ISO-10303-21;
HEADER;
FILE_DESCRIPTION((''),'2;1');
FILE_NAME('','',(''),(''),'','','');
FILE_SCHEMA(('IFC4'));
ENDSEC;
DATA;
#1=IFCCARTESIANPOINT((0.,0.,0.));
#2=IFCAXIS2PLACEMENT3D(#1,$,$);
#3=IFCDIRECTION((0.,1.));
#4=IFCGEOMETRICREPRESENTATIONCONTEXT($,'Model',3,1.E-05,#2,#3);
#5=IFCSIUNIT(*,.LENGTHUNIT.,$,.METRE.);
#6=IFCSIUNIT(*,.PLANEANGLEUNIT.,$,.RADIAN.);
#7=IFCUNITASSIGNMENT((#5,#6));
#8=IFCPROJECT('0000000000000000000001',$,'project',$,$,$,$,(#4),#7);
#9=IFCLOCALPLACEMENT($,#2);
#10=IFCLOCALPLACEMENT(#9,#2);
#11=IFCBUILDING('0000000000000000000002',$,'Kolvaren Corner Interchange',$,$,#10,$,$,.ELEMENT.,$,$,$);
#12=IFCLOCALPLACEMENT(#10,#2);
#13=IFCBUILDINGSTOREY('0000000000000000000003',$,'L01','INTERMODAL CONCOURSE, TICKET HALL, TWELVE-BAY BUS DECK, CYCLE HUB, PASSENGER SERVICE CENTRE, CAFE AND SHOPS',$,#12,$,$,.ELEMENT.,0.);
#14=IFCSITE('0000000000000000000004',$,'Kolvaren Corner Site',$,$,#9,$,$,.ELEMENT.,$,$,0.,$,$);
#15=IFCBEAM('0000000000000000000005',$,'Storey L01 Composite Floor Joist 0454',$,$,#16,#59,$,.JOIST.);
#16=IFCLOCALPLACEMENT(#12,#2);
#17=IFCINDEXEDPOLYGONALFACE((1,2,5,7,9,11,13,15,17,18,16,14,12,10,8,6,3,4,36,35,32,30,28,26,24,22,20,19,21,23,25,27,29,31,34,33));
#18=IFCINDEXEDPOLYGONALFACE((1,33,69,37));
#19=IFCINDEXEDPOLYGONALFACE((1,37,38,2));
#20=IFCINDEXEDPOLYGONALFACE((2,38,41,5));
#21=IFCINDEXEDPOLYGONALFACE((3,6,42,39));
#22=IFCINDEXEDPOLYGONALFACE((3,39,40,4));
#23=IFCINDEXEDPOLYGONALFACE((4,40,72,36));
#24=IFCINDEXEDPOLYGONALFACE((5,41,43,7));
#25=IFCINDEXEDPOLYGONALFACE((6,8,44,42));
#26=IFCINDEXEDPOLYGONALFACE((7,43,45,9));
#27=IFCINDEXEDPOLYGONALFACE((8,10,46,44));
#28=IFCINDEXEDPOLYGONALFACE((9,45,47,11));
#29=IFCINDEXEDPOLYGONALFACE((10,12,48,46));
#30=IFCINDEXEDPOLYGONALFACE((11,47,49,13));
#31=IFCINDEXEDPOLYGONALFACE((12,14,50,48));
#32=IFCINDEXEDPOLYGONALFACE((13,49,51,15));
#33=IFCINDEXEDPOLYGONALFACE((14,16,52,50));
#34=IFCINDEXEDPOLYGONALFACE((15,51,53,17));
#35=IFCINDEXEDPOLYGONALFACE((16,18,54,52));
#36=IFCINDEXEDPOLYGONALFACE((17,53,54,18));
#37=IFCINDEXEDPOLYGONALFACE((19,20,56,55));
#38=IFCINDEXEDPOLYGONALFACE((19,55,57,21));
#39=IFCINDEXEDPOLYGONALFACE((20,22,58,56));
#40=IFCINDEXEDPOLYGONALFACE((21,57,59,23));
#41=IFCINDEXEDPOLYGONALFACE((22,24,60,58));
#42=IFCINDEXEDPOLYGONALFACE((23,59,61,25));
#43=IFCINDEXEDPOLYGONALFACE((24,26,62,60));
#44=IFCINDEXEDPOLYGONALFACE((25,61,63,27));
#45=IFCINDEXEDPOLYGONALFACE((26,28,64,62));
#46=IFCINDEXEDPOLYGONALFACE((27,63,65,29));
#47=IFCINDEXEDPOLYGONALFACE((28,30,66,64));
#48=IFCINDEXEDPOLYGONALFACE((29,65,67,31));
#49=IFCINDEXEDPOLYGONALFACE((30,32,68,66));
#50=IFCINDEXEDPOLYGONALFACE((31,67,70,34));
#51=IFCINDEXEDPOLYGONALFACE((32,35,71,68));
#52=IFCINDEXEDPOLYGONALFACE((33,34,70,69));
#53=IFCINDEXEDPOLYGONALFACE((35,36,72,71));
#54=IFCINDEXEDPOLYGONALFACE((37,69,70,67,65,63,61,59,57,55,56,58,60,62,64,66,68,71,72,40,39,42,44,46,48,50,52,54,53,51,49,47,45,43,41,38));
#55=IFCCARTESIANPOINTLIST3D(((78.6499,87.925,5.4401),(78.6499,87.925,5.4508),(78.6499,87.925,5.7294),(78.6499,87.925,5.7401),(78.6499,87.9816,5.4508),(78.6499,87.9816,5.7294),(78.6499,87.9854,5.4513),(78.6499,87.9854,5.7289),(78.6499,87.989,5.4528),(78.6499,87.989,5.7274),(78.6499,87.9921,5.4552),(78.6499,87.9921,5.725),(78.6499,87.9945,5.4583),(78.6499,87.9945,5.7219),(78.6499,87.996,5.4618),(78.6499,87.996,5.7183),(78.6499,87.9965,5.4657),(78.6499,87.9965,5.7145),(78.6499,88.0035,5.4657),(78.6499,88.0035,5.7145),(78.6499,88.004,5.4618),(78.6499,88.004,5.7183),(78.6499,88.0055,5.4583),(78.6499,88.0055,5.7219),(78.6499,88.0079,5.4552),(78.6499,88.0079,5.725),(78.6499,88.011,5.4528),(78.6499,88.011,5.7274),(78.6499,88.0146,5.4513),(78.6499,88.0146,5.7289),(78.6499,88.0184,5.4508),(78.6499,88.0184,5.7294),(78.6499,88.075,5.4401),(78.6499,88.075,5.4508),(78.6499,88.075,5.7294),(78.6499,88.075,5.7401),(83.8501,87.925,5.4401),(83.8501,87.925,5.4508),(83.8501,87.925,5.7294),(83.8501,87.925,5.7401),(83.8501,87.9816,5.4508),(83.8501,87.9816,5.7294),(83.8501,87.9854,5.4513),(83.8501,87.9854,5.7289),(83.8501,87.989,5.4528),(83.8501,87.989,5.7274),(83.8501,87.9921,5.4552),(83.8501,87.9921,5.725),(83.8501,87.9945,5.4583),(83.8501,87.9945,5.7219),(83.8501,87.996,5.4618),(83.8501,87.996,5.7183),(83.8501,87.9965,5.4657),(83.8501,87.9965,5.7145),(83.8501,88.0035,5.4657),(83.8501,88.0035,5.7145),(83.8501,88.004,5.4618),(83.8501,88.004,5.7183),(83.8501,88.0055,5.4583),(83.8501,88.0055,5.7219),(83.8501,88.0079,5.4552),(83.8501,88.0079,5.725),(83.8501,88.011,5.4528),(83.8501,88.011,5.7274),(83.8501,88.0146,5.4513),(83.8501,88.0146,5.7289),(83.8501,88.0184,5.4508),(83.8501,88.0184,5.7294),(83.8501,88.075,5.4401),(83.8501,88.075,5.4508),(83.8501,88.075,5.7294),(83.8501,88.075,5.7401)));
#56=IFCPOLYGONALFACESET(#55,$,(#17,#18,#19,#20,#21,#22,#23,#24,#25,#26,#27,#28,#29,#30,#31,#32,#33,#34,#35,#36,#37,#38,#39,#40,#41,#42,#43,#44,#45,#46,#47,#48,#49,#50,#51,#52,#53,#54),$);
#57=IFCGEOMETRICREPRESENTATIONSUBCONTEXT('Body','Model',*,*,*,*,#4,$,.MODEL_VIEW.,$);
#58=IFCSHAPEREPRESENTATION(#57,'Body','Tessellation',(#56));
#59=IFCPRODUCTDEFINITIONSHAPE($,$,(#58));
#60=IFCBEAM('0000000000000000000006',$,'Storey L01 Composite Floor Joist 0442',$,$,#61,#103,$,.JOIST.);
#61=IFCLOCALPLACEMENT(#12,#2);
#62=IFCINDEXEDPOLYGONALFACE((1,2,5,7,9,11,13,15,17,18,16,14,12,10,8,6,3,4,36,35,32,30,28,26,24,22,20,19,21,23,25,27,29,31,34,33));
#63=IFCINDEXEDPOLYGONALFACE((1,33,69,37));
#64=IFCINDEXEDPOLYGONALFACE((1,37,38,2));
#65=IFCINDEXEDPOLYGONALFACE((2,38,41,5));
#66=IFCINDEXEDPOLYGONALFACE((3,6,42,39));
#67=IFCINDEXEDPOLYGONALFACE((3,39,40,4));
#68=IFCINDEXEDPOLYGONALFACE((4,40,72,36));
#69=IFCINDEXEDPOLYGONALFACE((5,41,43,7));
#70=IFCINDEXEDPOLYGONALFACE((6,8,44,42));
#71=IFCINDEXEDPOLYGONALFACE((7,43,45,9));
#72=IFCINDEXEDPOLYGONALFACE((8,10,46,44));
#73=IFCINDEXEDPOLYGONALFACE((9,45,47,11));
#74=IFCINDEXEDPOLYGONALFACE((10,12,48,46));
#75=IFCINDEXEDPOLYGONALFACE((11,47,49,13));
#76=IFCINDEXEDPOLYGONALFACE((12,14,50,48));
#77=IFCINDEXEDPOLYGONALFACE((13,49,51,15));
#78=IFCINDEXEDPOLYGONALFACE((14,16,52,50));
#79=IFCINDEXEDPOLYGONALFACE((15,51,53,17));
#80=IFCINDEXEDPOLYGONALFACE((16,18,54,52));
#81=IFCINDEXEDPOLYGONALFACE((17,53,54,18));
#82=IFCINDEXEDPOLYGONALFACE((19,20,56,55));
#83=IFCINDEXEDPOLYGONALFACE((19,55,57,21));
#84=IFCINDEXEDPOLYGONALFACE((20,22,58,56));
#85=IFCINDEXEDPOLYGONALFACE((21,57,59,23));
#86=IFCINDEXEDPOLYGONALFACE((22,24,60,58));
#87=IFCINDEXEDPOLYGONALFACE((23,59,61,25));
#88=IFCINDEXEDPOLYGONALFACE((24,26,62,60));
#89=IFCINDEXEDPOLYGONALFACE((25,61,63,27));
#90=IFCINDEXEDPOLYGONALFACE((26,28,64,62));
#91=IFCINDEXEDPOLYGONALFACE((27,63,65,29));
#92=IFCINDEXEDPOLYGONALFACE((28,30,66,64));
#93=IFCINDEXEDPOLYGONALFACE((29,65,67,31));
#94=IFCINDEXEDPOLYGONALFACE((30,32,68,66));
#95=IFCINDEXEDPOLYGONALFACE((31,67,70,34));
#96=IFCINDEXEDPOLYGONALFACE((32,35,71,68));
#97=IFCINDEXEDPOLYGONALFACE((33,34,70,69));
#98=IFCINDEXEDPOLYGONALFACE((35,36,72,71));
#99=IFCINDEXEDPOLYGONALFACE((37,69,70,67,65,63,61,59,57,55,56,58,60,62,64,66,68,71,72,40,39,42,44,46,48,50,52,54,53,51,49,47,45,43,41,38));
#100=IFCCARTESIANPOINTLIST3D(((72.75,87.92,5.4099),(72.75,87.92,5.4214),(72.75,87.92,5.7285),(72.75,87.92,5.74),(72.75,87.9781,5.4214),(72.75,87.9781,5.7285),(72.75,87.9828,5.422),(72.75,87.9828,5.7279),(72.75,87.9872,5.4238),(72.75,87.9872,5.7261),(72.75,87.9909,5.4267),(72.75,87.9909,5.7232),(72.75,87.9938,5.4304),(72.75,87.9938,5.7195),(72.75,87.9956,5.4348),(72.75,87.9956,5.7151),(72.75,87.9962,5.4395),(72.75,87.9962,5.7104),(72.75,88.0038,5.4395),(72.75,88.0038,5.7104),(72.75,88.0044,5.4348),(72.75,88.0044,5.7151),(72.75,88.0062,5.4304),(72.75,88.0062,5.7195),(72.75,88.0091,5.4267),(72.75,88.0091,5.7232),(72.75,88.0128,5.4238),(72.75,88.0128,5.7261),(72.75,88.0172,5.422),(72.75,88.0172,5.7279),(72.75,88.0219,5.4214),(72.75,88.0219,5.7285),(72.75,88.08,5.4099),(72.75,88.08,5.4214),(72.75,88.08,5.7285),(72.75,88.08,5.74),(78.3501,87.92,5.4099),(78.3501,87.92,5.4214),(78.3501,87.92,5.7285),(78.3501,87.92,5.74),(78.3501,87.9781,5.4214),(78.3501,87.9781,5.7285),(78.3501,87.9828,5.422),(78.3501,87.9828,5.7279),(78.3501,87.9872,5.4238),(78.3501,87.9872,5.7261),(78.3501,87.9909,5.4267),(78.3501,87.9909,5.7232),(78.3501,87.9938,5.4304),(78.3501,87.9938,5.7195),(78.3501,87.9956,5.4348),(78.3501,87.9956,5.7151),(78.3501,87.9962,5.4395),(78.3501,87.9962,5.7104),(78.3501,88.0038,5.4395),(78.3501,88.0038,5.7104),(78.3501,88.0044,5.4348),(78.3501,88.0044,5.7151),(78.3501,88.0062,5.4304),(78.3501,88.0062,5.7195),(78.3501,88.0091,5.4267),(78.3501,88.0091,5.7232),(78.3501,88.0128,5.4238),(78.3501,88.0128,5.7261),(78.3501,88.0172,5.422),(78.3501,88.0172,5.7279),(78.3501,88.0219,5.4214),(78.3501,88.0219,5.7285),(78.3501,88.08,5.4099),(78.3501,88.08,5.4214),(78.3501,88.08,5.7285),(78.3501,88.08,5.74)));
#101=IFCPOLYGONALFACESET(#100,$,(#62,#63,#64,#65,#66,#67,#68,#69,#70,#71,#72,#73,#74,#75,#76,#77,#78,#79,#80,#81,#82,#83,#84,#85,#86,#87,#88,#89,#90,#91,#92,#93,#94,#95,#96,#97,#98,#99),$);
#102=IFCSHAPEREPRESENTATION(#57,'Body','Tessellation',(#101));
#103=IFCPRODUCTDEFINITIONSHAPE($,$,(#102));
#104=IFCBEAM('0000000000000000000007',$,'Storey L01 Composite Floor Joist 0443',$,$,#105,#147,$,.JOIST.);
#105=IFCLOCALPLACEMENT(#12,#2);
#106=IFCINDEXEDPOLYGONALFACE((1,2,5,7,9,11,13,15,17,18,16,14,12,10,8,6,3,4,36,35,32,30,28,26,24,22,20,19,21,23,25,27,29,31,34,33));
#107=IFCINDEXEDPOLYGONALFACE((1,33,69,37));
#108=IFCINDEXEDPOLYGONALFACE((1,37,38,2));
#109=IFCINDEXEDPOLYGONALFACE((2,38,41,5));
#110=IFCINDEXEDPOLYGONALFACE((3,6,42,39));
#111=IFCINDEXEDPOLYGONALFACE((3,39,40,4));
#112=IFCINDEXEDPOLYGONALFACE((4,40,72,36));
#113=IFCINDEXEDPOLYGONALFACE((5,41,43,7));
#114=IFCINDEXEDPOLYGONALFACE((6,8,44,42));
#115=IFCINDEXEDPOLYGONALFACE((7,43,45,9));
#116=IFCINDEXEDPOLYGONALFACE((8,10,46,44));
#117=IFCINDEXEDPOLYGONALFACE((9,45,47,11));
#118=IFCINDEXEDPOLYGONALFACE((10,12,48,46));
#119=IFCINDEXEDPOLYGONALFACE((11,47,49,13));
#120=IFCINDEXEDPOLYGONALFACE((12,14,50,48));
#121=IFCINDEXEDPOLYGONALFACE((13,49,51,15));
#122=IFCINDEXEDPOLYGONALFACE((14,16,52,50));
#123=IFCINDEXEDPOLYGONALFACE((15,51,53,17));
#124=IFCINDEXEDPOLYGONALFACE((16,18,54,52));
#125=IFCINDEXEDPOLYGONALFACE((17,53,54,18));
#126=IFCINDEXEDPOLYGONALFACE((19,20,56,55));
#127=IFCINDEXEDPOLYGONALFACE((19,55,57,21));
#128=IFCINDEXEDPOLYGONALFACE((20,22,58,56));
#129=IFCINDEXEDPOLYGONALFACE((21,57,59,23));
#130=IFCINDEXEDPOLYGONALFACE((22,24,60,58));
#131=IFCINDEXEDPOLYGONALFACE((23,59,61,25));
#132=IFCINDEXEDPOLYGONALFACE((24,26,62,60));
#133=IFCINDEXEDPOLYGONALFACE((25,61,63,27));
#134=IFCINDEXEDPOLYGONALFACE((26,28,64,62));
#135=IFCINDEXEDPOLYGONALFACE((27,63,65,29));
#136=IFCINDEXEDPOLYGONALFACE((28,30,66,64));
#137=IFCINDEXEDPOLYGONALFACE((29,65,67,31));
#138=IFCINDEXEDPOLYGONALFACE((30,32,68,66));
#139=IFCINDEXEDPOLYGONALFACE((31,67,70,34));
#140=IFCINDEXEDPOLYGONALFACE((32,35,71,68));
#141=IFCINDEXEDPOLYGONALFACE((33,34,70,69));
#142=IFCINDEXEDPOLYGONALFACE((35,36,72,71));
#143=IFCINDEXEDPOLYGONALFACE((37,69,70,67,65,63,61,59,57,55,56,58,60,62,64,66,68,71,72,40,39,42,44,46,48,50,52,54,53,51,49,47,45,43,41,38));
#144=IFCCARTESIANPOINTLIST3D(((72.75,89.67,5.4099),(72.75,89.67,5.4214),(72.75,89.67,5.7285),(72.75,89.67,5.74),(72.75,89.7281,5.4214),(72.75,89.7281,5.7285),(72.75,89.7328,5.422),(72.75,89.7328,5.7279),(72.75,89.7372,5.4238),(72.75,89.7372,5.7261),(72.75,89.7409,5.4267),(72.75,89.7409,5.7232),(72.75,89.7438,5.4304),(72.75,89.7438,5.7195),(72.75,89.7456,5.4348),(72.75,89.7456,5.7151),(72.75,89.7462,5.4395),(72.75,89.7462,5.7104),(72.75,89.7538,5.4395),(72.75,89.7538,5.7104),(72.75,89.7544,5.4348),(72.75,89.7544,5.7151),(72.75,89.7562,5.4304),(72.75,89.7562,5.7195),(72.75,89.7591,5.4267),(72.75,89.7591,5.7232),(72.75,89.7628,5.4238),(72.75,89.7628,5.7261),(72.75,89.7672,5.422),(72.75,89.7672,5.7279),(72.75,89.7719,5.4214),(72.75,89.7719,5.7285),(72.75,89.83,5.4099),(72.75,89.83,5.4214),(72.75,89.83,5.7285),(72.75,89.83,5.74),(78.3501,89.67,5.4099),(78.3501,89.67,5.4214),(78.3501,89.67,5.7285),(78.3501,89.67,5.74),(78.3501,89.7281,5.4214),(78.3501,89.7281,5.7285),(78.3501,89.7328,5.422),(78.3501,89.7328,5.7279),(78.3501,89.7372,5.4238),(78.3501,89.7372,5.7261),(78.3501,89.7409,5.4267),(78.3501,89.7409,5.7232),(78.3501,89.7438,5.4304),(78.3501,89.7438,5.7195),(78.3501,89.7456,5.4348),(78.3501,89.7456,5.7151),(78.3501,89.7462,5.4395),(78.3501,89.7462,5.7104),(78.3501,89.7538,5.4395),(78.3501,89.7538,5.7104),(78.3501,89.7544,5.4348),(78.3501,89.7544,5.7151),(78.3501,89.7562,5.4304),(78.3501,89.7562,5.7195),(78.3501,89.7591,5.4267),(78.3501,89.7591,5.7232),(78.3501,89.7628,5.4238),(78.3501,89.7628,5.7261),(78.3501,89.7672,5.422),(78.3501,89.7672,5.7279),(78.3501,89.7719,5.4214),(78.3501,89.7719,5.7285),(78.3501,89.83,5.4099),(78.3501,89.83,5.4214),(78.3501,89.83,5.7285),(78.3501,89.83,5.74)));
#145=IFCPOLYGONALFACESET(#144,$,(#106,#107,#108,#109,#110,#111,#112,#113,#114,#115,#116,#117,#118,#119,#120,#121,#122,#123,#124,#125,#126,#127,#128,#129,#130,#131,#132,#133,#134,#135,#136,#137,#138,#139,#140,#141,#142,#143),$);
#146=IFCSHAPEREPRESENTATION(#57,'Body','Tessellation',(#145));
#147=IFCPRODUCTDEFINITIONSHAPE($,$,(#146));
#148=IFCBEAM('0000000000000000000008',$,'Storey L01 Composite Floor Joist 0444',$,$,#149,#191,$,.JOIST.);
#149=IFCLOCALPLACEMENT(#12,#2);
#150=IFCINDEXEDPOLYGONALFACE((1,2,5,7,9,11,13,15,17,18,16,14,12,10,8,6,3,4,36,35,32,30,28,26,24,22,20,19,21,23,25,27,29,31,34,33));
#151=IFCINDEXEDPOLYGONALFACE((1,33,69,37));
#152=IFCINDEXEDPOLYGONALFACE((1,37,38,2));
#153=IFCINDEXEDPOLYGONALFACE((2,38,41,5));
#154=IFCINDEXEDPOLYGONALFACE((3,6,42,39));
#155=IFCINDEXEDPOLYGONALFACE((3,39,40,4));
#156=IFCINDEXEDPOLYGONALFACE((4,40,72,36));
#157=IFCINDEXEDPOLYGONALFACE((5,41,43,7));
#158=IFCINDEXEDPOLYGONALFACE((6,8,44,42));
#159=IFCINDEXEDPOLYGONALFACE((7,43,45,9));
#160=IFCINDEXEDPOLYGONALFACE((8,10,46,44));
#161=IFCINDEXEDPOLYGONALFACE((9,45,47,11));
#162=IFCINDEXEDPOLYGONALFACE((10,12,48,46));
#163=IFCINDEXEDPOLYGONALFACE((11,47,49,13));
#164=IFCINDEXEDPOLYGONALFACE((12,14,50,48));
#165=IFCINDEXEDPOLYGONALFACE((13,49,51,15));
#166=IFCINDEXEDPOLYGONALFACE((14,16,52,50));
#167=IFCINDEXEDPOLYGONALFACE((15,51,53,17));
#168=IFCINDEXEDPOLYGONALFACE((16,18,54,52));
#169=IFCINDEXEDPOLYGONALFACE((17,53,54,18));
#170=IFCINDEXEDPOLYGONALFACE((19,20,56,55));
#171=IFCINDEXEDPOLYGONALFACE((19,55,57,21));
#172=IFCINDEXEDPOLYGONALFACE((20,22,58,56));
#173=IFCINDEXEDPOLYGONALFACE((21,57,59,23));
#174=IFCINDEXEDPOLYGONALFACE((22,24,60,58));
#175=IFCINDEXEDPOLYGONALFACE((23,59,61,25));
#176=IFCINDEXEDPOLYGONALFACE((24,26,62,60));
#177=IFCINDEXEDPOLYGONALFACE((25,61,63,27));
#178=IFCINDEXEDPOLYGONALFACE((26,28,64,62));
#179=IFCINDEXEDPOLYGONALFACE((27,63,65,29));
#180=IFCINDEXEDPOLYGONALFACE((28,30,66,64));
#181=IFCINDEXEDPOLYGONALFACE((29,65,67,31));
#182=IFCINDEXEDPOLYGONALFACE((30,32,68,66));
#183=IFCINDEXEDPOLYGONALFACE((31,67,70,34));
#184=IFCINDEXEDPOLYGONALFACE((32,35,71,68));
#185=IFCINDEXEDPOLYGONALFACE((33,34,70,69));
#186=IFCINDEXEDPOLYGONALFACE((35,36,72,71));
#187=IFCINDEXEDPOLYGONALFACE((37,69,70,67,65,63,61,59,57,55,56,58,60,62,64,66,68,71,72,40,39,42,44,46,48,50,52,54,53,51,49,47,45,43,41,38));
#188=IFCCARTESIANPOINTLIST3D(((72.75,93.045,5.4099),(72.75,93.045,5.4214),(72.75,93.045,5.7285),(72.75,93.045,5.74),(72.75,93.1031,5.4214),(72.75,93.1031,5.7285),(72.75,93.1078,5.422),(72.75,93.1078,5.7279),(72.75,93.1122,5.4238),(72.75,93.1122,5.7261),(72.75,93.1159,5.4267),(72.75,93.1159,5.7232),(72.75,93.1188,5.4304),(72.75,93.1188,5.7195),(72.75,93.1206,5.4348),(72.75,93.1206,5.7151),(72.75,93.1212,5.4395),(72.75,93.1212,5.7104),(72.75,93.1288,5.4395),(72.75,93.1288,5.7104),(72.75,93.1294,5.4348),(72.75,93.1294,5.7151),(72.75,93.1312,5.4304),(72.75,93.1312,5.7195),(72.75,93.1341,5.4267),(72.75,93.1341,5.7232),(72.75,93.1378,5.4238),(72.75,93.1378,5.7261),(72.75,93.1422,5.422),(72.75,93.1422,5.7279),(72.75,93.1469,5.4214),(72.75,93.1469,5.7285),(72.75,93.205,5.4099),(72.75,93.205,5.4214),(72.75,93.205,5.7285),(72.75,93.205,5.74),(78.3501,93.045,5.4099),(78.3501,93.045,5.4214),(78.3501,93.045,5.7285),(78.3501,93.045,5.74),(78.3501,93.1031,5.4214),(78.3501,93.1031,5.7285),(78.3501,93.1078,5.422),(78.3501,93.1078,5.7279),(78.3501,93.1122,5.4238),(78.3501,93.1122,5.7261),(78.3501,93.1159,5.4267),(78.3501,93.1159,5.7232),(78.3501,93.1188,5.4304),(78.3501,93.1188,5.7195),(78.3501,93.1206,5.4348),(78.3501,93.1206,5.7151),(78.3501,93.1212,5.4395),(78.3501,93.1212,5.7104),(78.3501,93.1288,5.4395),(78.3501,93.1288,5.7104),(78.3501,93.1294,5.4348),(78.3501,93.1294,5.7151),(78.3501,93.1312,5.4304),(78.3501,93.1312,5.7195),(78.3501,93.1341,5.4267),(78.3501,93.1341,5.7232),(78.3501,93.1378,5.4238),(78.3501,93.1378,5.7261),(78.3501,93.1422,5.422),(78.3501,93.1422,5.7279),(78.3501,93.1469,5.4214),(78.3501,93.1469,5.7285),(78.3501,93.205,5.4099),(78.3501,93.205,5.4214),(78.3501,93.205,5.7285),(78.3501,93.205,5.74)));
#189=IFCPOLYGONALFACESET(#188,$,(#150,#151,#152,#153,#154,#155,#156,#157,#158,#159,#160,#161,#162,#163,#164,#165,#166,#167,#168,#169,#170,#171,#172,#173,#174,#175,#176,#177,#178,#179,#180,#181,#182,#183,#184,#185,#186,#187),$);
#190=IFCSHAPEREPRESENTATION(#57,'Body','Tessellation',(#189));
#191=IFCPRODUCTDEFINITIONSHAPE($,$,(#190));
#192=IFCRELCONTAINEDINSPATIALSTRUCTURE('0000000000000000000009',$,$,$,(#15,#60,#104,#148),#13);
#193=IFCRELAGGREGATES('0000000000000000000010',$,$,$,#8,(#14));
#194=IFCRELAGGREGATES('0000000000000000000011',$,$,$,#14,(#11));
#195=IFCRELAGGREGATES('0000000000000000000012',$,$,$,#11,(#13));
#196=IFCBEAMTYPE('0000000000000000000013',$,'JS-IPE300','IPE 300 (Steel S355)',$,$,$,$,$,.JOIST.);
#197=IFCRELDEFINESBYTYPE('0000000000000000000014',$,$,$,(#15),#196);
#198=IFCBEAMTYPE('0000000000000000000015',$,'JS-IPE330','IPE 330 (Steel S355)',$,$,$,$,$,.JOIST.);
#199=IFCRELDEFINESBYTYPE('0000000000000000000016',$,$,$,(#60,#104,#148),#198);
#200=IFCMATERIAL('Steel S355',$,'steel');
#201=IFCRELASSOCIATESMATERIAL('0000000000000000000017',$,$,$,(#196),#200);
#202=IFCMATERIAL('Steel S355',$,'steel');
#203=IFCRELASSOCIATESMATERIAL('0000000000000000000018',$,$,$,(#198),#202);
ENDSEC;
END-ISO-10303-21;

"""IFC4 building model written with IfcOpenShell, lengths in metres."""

from ifc_helpers import new_model, si_unit, direction, frame, origin, origin_2d, place, context, subcontext, project, spatial, i_section, extrude, material, material_profile, profile_set, type_object, element, save


model = new_model("IFC4")

# Units and contexts
model_context = context("Model", 3, precision=1e-05, world=origin(), true_north=direction((0.0, 1.0)))
body_context = subcontext(model_context, "Body", "Model", "MODEL_VIEW")
ifc_project = project(units=[si_unit("LENGTHUNIT", "METRE"), si_unit("PLANEANGLEUNIT", "RADIAN")], contexts=[model_context])

# Site, building, storey
site_placement = place(None, origin())
site = spatial("IfcSite", under=ifc_project, at=site_placement, Name="Kolvaren Corner Site", CompositionType="ELEMENT", RefElevation=0.0)
building_placement = place(site_placement, origin())
building = spatial("IfcBuilding", under=site, at=building_placement, Name="Kolvaren Corner Interchange", CompositionType="ELEMENT")
storey_placement = place(building_placement, origin())
storey = spatial("IfcBuildingStorey", under=building, at=storey_placement, Name="L01", Description="INTERMODAL CONCOURSE, TICKET HALL, TWELVE-BAY BUS DECK, CYCLE HUB, PASSENGER SERVICE CENTRE, CAFE AND SHOPS", CompositionType="ELEMENT", Elevation=0.0)

# Beams
ifc_material_1 = material(Name="Steel S355", Category="steel")
ifc_material_profile_1 = material_profile(ifc_material_1, i_section(OverallWidth=0.1499, OverallDepth=0.3, WebThickness=0.0071, FlangeThickness=0.0107, FilletRadius=0.0149, at=origin_2d()), Name="IPE 300")
ifc_profile_set_1 = profile_set([ifc_material_profile_1], Name="Steel S355")
beam_type_1 = type_object("IfcBeamType", Name="JS-IPE300", Description="IPE 300 (Steel S355)", PredefinedType="JOIST", material=ifc_profile_set_1)
beam_1_placement = place(storey_placement, frame((78.6499, 88.0, 5.5901), z_axis=(1.0, 0.0, 0.0), x_axis=(0.0, 1.0, 0.0)))
element("IfcBeam", 1, at=beam_1_placement, inside=storey, type_object=beam_type_1, Name="Storey L01 Composite Floor Joist 0454", PredefinedType="JOIST", context=body_context, shape_type="SweptSolid", body=[
    extrude(i_section(OverallWidth=0.1499, OverallDepth=0.3, WebThickness=0.0071, FlangeThickness=0.0107, FilletRadius=0.0149, at=origin_2d()), origin(), (0.0, 0.0, 1.0), 5.2002),
])
ifc_material_2 = material(Name="Steel S355", Category="steel")
ifc_material_profile_2 = material_profile(ifc_material_2, i_section(OverallWidth=0.1599, OverallDepth=0.3301, WebThickness=0.0076, FlangeThickness=0.0115, FilletRadius=0.0181, at=origin_2d()), Name="IPE 330")
ifc_profile_set_2 = profile_set([ifc_material_profile_2], Name="Steel S355")
beam_type_2 = type_object("IfcBeamType", Name="JS-IPE330", Description="IPE 330 (Steel S355)", PredefinedType="JOIST", material=ifc_profile_set_2)
for number, where, z_axis, x_axis, name in (
    (2, (72.75, 88.0, 5.575), (1.0, 0.0, 0.0), (0.0, 1.0, 0.0), "Storey L01 Composite Floor Joist 0442"),
    (3, (72.75, 89.75, 5.575), (1.0, 0.0, 0.0), (0.0, 1.0, 0.0), "Storey L01 Composite Floor Joist 0443"),
    (4, (72.75, 93.125, 5.575), (1.0, 0.0, 0.0), (0.0, 1.0, 0.0), "Storey L01 Composite Floor Joist 0444"),
):
    element("IfcBeam", number, at=place(storey_placement, frame(where, z_axis=z_axis, x_axis=x_axis)), inside=storey, type_object=beam_type_2, Name=name, PredefinedType="JOIST", context=body_context, shape_type="SweptSolid", body=[
        extrude(i_section(OverallWidth=0.1599, OverallDepth=0.3301, WebThickness=0.0076, FlangeThickness=0.0115, FilletRadius=0.0181, at=origin_2d()), origin(), (0.0, 0.0, 1.0), 5.6001),
    ])

save(model, "model.ifc")
